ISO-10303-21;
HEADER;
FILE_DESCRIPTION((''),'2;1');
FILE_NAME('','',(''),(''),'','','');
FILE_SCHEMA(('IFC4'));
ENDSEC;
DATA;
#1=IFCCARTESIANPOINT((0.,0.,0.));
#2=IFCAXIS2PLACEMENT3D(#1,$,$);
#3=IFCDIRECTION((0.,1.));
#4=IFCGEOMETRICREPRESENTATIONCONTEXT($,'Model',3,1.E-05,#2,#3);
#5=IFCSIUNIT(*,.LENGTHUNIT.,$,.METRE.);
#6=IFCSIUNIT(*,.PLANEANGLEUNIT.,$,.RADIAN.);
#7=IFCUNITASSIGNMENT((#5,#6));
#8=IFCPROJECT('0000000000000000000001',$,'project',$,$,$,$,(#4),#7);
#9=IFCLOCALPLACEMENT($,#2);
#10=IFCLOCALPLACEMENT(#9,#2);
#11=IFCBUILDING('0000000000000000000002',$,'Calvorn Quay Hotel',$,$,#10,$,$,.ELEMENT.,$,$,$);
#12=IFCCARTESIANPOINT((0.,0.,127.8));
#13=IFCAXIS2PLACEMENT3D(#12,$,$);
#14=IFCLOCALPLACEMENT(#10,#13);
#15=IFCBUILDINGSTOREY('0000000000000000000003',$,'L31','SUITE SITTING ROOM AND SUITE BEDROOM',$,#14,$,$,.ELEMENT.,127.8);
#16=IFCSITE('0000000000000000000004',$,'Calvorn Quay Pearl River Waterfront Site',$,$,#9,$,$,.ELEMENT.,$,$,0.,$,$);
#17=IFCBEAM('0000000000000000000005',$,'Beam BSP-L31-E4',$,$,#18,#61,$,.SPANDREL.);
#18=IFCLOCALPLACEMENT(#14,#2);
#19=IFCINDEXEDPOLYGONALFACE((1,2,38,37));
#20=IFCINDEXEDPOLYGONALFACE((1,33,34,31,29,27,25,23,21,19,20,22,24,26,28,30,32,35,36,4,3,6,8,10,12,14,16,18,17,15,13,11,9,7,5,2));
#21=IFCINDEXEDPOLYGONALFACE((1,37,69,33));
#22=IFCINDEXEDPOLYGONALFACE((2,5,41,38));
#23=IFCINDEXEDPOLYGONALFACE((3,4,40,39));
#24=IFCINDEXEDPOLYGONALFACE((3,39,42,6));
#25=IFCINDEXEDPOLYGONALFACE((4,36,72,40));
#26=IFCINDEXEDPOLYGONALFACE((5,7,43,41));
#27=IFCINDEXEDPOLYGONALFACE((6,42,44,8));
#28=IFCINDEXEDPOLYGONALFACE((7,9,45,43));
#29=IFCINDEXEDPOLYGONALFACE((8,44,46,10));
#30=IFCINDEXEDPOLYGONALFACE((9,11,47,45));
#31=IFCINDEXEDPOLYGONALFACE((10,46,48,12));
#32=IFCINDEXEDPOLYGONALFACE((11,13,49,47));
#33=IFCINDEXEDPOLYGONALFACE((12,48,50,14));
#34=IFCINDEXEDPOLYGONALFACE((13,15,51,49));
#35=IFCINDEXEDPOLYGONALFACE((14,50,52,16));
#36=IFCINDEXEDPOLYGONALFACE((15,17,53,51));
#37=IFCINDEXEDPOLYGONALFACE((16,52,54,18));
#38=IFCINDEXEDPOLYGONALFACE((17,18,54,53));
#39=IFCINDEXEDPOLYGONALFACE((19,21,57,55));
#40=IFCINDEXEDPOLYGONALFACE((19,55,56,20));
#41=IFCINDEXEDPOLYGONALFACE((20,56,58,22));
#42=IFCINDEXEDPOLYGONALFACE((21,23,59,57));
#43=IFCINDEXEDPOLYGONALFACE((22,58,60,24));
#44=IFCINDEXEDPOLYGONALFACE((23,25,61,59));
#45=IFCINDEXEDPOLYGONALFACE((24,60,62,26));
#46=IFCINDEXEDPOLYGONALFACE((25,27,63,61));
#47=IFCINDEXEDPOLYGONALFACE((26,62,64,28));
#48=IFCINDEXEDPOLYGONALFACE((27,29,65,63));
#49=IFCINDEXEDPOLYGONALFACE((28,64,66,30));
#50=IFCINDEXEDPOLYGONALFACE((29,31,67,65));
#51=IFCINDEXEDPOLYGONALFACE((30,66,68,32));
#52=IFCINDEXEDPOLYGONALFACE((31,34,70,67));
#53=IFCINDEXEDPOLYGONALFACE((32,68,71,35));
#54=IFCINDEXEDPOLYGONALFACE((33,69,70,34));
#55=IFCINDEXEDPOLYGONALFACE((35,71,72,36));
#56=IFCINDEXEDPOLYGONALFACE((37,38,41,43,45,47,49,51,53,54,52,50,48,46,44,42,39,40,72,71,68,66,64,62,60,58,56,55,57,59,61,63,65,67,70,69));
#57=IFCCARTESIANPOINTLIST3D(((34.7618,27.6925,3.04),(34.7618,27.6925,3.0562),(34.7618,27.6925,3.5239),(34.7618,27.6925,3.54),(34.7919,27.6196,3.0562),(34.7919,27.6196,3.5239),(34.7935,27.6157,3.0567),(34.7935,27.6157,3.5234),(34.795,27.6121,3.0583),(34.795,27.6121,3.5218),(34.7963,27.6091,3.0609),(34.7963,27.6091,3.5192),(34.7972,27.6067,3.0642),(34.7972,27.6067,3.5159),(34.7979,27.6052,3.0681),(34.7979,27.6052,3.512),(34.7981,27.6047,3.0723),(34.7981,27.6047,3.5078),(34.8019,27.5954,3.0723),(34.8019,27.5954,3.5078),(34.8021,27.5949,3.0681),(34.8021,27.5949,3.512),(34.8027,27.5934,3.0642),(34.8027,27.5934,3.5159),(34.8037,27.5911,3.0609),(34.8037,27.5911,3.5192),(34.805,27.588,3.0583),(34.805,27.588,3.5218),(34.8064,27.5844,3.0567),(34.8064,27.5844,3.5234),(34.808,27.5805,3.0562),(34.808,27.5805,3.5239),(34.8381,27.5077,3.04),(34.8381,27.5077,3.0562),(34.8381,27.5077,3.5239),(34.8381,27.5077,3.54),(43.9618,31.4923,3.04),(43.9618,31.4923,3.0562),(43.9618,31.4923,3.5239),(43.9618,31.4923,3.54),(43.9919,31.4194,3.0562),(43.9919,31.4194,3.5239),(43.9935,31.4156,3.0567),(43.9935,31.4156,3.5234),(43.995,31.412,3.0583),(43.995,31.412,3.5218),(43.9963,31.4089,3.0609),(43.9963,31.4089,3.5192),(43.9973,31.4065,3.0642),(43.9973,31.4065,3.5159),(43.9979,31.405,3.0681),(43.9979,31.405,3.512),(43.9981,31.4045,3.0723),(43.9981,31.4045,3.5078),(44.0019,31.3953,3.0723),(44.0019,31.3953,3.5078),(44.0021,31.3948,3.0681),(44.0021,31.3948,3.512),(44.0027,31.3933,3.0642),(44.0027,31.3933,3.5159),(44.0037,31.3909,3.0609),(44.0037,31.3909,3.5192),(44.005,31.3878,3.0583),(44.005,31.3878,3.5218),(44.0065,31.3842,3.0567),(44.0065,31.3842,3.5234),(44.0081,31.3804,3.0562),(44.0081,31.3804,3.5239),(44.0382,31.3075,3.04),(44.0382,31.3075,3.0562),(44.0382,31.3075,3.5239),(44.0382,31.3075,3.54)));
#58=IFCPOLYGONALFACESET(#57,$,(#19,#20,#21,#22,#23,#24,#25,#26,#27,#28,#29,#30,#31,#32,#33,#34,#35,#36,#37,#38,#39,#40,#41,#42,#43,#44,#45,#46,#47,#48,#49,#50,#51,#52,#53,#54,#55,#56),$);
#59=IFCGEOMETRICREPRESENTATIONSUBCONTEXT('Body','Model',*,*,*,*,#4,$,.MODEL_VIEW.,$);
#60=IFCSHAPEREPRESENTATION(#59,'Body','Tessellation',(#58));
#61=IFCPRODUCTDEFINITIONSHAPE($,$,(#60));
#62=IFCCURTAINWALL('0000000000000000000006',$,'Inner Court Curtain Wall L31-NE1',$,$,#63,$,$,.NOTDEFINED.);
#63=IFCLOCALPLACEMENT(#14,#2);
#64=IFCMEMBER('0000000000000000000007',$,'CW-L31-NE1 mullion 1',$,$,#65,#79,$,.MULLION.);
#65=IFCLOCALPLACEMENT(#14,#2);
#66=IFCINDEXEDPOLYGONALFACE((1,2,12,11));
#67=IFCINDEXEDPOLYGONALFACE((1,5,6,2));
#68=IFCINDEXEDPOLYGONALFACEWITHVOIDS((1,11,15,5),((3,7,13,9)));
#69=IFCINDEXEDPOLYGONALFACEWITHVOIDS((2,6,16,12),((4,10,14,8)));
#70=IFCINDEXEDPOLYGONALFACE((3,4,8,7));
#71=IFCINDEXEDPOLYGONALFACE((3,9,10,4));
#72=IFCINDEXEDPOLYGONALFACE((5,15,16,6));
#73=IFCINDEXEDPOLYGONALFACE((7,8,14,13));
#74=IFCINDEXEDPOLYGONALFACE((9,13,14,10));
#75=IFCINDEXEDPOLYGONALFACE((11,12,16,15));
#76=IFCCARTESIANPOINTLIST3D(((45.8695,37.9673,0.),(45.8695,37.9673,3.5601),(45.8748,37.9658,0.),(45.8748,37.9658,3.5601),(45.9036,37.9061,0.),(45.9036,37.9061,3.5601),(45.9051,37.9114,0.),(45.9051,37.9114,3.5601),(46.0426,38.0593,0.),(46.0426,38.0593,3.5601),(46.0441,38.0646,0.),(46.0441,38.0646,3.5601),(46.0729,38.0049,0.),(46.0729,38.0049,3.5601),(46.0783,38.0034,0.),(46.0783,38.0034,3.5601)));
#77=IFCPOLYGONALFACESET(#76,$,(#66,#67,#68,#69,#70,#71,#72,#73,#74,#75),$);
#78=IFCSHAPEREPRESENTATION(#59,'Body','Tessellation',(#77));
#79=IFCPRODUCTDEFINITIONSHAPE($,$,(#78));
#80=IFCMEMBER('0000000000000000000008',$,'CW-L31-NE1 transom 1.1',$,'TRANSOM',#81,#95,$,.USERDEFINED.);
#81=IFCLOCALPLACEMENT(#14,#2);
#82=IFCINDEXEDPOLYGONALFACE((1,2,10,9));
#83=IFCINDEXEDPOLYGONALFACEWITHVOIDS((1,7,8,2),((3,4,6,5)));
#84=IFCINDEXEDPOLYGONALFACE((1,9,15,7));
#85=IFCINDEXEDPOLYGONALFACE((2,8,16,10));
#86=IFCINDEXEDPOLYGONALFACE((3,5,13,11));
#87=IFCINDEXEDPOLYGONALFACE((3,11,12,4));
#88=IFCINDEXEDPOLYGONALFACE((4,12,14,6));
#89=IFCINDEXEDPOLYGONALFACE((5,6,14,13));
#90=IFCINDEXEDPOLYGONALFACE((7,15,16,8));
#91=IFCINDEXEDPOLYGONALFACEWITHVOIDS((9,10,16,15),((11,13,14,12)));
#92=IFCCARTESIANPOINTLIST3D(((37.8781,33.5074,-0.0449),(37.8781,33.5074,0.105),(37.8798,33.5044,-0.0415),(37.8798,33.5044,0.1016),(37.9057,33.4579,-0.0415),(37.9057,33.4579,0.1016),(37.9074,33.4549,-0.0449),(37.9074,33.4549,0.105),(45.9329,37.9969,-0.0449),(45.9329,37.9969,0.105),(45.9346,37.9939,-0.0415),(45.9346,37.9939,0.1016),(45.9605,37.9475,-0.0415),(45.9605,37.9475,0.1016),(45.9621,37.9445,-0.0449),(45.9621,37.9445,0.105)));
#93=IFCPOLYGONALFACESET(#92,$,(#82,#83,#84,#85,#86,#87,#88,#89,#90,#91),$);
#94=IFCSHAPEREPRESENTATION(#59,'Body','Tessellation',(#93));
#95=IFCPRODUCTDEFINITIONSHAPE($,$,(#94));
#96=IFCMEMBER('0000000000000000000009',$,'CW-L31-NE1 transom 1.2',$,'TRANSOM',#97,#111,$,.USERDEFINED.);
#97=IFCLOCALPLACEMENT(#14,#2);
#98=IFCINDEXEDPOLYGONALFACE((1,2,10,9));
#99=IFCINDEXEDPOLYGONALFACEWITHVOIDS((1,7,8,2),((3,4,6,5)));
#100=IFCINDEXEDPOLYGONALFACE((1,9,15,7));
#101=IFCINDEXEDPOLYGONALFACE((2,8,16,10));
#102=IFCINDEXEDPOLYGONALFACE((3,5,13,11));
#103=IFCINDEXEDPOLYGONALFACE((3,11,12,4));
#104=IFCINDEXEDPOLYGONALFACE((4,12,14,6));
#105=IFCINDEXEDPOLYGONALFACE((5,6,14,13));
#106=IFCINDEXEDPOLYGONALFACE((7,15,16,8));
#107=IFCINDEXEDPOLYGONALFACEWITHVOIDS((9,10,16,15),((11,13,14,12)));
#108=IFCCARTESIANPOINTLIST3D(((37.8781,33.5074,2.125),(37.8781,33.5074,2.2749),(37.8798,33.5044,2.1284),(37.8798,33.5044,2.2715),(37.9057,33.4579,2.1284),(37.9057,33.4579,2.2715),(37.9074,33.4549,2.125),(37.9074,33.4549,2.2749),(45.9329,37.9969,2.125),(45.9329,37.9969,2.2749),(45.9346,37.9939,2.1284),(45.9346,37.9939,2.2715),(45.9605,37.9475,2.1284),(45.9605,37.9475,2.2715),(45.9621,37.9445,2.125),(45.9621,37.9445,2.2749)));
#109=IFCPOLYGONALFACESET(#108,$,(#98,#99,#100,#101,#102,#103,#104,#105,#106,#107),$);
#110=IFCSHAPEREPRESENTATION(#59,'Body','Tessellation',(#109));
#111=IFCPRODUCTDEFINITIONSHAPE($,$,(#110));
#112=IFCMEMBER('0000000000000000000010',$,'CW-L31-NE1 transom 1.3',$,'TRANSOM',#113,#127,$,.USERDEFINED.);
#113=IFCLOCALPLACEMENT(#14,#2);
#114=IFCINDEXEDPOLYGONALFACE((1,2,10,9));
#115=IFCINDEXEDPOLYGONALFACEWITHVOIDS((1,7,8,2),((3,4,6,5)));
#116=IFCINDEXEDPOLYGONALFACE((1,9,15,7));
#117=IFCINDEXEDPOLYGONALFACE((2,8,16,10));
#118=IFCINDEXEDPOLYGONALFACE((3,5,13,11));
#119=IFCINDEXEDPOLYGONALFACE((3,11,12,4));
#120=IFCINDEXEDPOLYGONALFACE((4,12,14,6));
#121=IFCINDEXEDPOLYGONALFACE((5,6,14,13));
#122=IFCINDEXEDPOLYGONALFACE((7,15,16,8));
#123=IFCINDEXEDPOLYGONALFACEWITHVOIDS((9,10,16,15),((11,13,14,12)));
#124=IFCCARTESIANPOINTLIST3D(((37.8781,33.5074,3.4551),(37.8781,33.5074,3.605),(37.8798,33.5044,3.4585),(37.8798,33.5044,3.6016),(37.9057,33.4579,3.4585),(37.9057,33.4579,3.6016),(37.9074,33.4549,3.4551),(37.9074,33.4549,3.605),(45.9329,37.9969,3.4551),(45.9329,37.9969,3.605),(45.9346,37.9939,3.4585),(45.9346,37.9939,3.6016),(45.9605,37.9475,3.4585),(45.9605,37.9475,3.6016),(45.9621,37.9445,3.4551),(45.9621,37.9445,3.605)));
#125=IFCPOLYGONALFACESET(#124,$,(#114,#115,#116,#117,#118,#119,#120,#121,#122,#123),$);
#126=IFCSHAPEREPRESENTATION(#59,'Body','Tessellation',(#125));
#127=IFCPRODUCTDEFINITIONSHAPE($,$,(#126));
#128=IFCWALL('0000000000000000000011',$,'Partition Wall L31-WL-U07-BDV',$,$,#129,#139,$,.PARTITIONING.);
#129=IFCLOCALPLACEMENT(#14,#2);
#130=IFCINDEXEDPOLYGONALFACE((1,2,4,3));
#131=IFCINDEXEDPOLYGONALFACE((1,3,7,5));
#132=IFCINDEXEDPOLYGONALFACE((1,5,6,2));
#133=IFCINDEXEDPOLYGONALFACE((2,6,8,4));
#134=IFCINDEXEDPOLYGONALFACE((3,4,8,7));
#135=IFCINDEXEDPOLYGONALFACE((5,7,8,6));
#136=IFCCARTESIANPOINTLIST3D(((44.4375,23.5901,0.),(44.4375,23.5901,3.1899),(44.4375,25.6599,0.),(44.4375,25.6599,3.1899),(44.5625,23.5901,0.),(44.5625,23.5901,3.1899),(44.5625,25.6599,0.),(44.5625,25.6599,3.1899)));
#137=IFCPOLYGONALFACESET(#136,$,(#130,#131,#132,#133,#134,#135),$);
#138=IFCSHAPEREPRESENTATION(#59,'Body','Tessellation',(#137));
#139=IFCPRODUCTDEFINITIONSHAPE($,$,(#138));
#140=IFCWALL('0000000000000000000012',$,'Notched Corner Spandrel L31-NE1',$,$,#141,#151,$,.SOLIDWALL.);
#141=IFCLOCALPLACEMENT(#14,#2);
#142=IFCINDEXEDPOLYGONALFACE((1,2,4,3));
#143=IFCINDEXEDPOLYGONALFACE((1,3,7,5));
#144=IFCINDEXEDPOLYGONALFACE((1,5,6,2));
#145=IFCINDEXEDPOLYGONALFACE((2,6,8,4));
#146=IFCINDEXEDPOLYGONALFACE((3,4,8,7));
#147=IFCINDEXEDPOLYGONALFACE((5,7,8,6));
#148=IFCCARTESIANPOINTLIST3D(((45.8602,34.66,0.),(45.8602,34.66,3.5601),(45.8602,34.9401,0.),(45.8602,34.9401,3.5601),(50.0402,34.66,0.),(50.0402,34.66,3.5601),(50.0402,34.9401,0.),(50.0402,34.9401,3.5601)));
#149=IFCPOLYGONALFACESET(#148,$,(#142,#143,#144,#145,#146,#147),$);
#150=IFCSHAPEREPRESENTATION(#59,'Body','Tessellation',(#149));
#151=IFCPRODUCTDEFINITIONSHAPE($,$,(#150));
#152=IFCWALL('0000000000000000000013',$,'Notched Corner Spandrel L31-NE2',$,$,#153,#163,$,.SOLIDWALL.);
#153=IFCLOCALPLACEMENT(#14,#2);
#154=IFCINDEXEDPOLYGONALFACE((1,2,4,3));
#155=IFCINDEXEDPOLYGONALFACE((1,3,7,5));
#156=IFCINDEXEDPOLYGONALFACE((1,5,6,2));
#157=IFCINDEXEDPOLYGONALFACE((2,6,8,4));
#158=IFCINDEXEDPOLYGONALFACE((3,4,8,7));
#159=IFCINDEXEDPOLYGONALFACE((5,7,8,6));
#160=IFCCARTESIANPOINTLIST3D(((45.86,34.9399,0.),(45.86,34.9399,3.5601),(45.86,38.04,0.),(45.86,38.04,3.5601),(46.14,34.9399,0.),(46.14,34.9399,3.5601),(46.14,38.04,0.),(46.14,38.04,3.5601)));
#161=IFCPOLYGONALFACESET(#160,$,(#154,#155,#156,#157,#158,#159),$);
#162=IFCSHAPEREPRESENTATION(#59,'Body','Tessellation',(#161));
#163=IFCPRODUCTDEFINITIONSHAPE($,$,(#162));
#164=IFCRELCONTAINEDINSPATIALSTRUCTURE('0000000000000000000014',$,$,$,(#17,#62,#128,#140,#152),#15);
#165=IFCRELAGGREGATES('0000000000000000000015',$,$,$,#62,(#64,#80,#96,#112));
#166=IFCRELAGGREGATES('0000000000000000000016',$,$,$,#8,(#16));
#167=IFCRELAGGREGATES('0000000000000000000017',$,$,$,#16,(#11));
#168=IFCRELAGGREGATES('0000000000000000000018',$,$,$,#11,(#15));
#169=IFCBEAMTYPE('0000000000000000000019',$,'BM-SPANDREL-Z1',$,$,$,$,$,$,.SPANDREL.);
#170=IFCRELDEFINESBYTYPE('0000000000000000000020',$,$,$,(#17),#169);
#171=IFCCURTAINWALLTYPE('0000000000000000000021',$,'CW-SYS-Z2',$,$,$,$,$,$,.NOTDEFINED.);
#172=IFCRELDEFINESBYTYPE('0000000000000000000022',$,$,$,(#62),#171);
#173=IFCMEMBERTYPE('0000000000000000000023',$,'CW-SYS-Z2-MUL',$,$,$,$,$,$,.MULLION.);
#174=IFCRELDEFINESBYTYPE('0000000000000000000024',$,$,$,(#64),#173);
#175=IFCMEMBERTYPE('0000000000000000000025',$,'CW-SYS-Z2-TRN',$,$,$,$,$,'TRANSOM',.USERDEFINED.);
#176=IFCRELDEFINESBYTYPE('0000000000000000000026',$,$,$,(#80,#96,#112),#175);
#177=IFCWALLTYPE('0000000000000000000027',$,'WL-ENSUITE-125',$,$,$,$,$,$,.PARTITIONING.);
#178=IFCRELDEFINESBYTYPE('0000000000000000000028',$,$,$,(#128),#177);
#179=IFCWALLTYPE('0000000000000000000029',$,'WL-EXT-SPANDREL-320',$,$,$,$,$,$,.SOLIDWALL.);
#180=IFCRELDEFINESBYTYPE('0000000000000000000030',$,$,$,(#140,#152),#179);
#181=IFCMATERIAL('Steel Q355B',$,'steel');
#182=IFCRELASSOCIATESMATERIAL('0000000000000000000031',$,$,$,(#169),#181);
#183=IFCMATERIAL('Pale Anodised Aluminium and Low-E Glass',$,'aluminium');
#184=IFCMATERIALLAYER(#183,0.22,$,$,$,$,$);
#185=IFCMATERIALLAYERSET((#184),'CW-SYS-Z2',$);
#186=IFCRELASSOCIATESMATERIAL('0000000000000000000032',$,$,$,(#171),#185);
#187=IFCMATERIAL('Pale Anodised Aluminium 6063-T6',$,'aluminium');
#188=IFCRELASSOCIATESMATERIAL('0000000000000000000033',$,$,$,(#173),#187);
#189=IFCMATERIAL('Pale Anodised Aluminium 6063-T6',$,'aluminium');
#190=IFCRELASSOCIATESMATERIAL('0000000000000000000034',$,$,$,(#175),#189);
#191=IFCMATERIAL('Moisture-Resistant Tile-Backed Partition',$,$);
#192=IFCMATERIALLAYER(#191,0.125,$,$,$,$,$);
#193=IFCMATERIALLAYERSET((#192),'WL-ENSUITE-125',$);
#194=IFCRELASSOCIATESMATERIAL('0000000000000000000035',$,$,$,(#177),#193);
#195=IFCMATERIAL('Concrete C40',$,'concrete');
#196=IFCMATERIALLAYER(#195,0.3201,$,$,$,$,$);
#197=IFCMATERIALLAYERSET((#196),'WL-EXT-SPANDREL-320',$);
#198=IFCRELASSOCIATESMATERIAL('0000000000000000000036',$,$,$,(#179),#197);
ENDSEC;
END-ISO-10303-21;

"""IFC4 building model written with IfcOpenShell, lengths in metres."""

from ifc_helpers import new_model, si_unit, direction, frame, frame_2d, origin, origin_2d, place, context, subcontext, project, spatial, rectangle, hollow_rectangle, i_section, extrude, material, layer, layer_set, material_profile, profile_set, type_object, element, aggregate, save


model = new_model("IFC4")

# Units and contexts
model_context = context("Model", 3, precision=1e-05, world=origin(), true_north=direction((0.0, 1.0)))
body_context = subcontext(model_context, "Body", "Model", "MODEL_VIEW")
ifc_project = project(units=[si_unit("LENGTHUNIT", "METRE"), si_unit("PLANEANGLEUNIT", "RADIAN")], contexts=[model_context])

# Site, building, storey
site_placement = place(None, origin())
site = spatial("IfcSite", under=ifc_project, at=site_placement, Name="Calvorn Quay Pearl River Waterfront Site", CompositionType="ELEMENT", RefElevation=0.0)
building_placement = place(site_placement, origin())
building = spatial("IfcBuilding", under=site, at=building_placement, Name="Calvorn Quay Hotel", CompositionType="ELEMENT")
storey_placement = place(building_placement, frame((0.0, 0.0, 127.8)))
storey = spatial("IfcBuildingStorey", under=building, at=storey_placement, Name="L31", Description="SUITE SITTING ROOM AND SUITE BEDROOM", CompositionType="ELEMENT", Elevation=127.8)

# Beam
ifc_material_1 = material(Name="Steel Q355B", Category="steel")
ifc_material_profile_1 = material_profile(ifc_material_1, i_section(OverallWidth=0.2, OverallDepth=0.5, WebThickness=0.01, FlangeThickness=0.0161, FilletRadius=0.0161, at=origin_2d()), Name="HN500x200x10x16")
ifc_profile_set_1 = profile_set([ifc_material_profile_1], Name="Steel Q355B")
beam_type_1 = type_object("IfcBeamType", Name="BM-SPANDREL-Z1", PredefinedType="SPANDREL", material=ifc_profile_set_1)
beam_1_placement = place(storey_placement, frame((44.0, 31.3999, 3.29), z_axis=(-0.924268, -0.381745, 0.0), x_axis=(0.381745, -0.924268, 0.0)))
element("IfcBeam", 1, at=beam_1_placement, inside=storey, type_object=beam_type_1, Name="Beam BSP-L31-E4", PredefinedType="SPANDREL", context=body_context, shape_type="SweptSolid", body=[
    extrude(i_section(OverallWidth=0.2, OverallDepth=0.5, WebThickness=0.01, FlangeThickness=0.0161, FilletRadius=0.0161, at=origin_2d()), origin(), (0.0, 0.0, 1.0), 9.9539),
])

# Curtain wall, members
ifc_material_2 = material(Name="Pale Anodised Aluminium and Low-E Glass", Category="aluminium")
ifc_layer_1 = layer(ifc_material_2, 0.22)
ifc_layer_set_1 = layer_set([ifc_layer_1], Name="CW-SYS-Z2")
curtain_wall_type = type_object("IfcCurtainWallType", Name="CW-SYS-Z2", PredefinedType="NOTDEFINED", material=ifc_layer_set_1)
curtain_wall_placement = place(storey_placement, origin())
curtain_wall = element("IfcCurtainWall", 2, at=curtain_wall_placement, inside=storey, type_object=curtain_wall_type, Name="Inner Court Curtain Wall L31-NE1", PredefinedType="NOTDEFINED")
ifc_material_3 = material(Name="Pale Anodised Aluminium 6063-T6", Category="aluminium")
ifc_material_profile_2 = material_profile(ifc_material_3, hollow_rectangle(XDim=0.0701, YDim=0.2, WallThickness=0.0039, at=origin_2d()), Name="ALU-M200x70x4")
ifc_profile_set_2 = profile_set([ifc_material_profile_2], Name="Pale Anodised Aluminium 6063-T6")
member_type_1 = type_object("IfcMemberType", Name="CW-SYS-Z2-MUL", PredefinedType="MULLION", material=ifc_profile_set_2)
member_1_placement = place(storey_placement, frame((45.9739, 37.9854, 0.0), z_axis=(0.0, 0.0, 1.0), x_axis=(0.486858, -0.873481, 0.0)))
member_1 = element("IfcMember", 3, at=member_1_placement, type_object=member_type_1, Name="CW-L31-NE1 mullion 1", PredefinedType="MULLION", context=body_context, shape_type="SweptSolid", body=[
    extrude(hollow_rectangle(XDim=0.0701, YDim=0.2, WallThickness=0.0039, at=origin_2d()), origin(), (0.0, 0.0, 1.0), 3.5601),
])
ifc_material_4 = material(Name="Pale Anodised Aluminium 6063-T6", Category="aluminium")
ifc_material_profile_3 = material_profile(ifc_material_4, hollow_rectangle(XDim=0.0601, YDim=0.1499, WallThickness=0.0034, at=origin_2d()), Name="ALU-T150x60x3.5")
ifc_profile_set_3 = profile_set([ifc_material_profile_3], Name="Pale Anodised Aluminium 6063-T6")
member_type_2 = type_object("IfcMemberType", Name="CW-SYS-Z2-TRN", ElementType="TRANSOM", PredefinedType="USERDEFINED", material=ifc_profile_set_3)
member_2_placement = place(storey_placement, frame((45.9475, 37.9707, 0.03), z_axis=(-0.873481, -0.486859, 0.0), x_axis=(0.486859, -0.873481, 0.0)))
member_2 = element("IfcMember", 4, at=member_2_placement, type_object=member_type_2, Name="CW-L31-NE1 transom 1.1", ObjectType="TRANSOM", PredefinedType="USERDEFINED", context=body_context, shape_type="SweptSolid", body=[
    extrude(hollow_rectangle(XDim=0.0601, YDim=0.1499, WallThickness=0.0034, at=origin_2d()), origin(), (0.0, 0.0, 1.0), 9.2214),
])
member_3_placement = place(storey_placement, frame((45.9475, 37.9707, 2.2), z_axis=(-0.873481, -0.486859, 0.0), x_axis=(0.486859, -0.873481, 0.0)))
member_3 = element("IfcMember", 5, at=member_3_placement, type_object=member_type_2, Name="CW-L31-NE1 transom 1.2", ObjectType="TRANSOM", PredefinedType="USERDEFINED", context=body_context, shape_type="SweptSolid", body=[
    extrude(hollow_rectangle(XDim=0.0601, YDim=0.1499, WallThickness=0.0034, at=origin_2d()), origin(), (0.0, 0.0, 1.0), 9.2214),
])
member_4_placement = place(storey_placement, frame((45.9475, 37.9707, 3.53), z_axis=(-0.873481, -0.486859, 0.0), x_axis=(0.486859, -0.873481, 0.0)))
member_4 = element("IfcMember", 6, at=member_4_placement, type_object=member_type_2, Name="CW-L31-NE1 transom 1.3", ObjectType="TRANSOM", PredefinedType="USERDEFINED", context=body_context, shape_type="SweptSolid", body=[
    extrude(hollow_rectangle(XDim=0.0601, YDim=0.1499, WallThickness=0.0034, at=origin_2d()), origin(), (0.0, 0.0, 1.0), 9.2214),
])
aggregate(curtain_wall, [member_1, member_2, member_3, member_4])

# Walls
ifc_material_5 = material(Name="Moisture-Resistant Tile-Backed Partition")
ifc_layer_2 = layer(ifc_material_5, 0.125)
ifc_layer_set_2 = layer_set([ifc_layer_2], Name="WL-ENSUITE-125")
wall_type_1 = type_object("IfcWallType", Name="WL-ENSUITE-125", PredefinedType="PARTITIONING", material=ifc_layer_set_2)
wall_1_placement = place(storey_placement, frame((44.5, 23.5901, 0.0), z_axis=(0.0, 0.0, 1.0), x_axis=(0.0, 1.0, 0.0)))
element("IfcWall", 7, at=wall_1_placement, inside=storey, type_object=wall_type_1, Name="Partition Wall L31-WL-U07-BDV", PredefinedType="PARTITIONING", context=body_context, shape_type="SweptSolid", body=[
    extrude(rectangle(XDim=2.0698, YDim=0.125, at=frame_2d((1.0349, 0.0))), origin(), (0.0, 0.0, 1.0), 3.1899),
])
ifc_material_6 = material(Name="Concrete C40", Category="concrete")
ifc_layer_3 = layer(ifc_material_6, 0.3201)
ifc_layer_set_3 = layer_set([ifc_layer_3], Name="WL-EXT-SPANDREL-320")
wall_type_2 = type_object("IfcWallType", Name="WL-EXT-SPANDREL-320", PredefinedType="SOLIDWALL", material=ifc_layer_set_3)
wall_2_placement = place(storey_placement, frame((50.04, 34.8, 0.0), z_axis=(0.0, 0.0, 1.0), x_axis=(-1.0, 0.0, 0.0)))
element("IfcWall", 8, at=wall_2_placement, inside=storey, type_object=wall_type_2, Name="Notched Corner Spandrel L31-NE1", PredefinedType="SOLIDWALL", context=body_context, shape_type="SweptSolid", body=[
    extrude(rectangle(XDim=4.1799, YDim=0.28, at=frame_2d((2.0898, 0.0))), origin(), (0.0, 0.0, 1.0), 3.5601),
])
wall_3_placement = place(storey_placement, frame((46.0, 34.9399, 0.0), z_axis=(0.0, 0.0, 1.0), x_axis=(0.0, 1.0, 0.0)))
element("IfcWall", 9, at=wall_3_placement, inside=storey, type_object=wall_type_2, Name="Notched Corner Spandrel L31-NE2", PredefinedType="SOLIDWALL", context=body_context, shape_type="SweptSolid", body=[
    extrude(rectangle(XDim=3.1001, YDim=0.28, at=frame_2d((1.55, 0.0))), origin(), (0.0, 0.0, 1.0), 3.5601),
])

save(model, "model.ifc")
